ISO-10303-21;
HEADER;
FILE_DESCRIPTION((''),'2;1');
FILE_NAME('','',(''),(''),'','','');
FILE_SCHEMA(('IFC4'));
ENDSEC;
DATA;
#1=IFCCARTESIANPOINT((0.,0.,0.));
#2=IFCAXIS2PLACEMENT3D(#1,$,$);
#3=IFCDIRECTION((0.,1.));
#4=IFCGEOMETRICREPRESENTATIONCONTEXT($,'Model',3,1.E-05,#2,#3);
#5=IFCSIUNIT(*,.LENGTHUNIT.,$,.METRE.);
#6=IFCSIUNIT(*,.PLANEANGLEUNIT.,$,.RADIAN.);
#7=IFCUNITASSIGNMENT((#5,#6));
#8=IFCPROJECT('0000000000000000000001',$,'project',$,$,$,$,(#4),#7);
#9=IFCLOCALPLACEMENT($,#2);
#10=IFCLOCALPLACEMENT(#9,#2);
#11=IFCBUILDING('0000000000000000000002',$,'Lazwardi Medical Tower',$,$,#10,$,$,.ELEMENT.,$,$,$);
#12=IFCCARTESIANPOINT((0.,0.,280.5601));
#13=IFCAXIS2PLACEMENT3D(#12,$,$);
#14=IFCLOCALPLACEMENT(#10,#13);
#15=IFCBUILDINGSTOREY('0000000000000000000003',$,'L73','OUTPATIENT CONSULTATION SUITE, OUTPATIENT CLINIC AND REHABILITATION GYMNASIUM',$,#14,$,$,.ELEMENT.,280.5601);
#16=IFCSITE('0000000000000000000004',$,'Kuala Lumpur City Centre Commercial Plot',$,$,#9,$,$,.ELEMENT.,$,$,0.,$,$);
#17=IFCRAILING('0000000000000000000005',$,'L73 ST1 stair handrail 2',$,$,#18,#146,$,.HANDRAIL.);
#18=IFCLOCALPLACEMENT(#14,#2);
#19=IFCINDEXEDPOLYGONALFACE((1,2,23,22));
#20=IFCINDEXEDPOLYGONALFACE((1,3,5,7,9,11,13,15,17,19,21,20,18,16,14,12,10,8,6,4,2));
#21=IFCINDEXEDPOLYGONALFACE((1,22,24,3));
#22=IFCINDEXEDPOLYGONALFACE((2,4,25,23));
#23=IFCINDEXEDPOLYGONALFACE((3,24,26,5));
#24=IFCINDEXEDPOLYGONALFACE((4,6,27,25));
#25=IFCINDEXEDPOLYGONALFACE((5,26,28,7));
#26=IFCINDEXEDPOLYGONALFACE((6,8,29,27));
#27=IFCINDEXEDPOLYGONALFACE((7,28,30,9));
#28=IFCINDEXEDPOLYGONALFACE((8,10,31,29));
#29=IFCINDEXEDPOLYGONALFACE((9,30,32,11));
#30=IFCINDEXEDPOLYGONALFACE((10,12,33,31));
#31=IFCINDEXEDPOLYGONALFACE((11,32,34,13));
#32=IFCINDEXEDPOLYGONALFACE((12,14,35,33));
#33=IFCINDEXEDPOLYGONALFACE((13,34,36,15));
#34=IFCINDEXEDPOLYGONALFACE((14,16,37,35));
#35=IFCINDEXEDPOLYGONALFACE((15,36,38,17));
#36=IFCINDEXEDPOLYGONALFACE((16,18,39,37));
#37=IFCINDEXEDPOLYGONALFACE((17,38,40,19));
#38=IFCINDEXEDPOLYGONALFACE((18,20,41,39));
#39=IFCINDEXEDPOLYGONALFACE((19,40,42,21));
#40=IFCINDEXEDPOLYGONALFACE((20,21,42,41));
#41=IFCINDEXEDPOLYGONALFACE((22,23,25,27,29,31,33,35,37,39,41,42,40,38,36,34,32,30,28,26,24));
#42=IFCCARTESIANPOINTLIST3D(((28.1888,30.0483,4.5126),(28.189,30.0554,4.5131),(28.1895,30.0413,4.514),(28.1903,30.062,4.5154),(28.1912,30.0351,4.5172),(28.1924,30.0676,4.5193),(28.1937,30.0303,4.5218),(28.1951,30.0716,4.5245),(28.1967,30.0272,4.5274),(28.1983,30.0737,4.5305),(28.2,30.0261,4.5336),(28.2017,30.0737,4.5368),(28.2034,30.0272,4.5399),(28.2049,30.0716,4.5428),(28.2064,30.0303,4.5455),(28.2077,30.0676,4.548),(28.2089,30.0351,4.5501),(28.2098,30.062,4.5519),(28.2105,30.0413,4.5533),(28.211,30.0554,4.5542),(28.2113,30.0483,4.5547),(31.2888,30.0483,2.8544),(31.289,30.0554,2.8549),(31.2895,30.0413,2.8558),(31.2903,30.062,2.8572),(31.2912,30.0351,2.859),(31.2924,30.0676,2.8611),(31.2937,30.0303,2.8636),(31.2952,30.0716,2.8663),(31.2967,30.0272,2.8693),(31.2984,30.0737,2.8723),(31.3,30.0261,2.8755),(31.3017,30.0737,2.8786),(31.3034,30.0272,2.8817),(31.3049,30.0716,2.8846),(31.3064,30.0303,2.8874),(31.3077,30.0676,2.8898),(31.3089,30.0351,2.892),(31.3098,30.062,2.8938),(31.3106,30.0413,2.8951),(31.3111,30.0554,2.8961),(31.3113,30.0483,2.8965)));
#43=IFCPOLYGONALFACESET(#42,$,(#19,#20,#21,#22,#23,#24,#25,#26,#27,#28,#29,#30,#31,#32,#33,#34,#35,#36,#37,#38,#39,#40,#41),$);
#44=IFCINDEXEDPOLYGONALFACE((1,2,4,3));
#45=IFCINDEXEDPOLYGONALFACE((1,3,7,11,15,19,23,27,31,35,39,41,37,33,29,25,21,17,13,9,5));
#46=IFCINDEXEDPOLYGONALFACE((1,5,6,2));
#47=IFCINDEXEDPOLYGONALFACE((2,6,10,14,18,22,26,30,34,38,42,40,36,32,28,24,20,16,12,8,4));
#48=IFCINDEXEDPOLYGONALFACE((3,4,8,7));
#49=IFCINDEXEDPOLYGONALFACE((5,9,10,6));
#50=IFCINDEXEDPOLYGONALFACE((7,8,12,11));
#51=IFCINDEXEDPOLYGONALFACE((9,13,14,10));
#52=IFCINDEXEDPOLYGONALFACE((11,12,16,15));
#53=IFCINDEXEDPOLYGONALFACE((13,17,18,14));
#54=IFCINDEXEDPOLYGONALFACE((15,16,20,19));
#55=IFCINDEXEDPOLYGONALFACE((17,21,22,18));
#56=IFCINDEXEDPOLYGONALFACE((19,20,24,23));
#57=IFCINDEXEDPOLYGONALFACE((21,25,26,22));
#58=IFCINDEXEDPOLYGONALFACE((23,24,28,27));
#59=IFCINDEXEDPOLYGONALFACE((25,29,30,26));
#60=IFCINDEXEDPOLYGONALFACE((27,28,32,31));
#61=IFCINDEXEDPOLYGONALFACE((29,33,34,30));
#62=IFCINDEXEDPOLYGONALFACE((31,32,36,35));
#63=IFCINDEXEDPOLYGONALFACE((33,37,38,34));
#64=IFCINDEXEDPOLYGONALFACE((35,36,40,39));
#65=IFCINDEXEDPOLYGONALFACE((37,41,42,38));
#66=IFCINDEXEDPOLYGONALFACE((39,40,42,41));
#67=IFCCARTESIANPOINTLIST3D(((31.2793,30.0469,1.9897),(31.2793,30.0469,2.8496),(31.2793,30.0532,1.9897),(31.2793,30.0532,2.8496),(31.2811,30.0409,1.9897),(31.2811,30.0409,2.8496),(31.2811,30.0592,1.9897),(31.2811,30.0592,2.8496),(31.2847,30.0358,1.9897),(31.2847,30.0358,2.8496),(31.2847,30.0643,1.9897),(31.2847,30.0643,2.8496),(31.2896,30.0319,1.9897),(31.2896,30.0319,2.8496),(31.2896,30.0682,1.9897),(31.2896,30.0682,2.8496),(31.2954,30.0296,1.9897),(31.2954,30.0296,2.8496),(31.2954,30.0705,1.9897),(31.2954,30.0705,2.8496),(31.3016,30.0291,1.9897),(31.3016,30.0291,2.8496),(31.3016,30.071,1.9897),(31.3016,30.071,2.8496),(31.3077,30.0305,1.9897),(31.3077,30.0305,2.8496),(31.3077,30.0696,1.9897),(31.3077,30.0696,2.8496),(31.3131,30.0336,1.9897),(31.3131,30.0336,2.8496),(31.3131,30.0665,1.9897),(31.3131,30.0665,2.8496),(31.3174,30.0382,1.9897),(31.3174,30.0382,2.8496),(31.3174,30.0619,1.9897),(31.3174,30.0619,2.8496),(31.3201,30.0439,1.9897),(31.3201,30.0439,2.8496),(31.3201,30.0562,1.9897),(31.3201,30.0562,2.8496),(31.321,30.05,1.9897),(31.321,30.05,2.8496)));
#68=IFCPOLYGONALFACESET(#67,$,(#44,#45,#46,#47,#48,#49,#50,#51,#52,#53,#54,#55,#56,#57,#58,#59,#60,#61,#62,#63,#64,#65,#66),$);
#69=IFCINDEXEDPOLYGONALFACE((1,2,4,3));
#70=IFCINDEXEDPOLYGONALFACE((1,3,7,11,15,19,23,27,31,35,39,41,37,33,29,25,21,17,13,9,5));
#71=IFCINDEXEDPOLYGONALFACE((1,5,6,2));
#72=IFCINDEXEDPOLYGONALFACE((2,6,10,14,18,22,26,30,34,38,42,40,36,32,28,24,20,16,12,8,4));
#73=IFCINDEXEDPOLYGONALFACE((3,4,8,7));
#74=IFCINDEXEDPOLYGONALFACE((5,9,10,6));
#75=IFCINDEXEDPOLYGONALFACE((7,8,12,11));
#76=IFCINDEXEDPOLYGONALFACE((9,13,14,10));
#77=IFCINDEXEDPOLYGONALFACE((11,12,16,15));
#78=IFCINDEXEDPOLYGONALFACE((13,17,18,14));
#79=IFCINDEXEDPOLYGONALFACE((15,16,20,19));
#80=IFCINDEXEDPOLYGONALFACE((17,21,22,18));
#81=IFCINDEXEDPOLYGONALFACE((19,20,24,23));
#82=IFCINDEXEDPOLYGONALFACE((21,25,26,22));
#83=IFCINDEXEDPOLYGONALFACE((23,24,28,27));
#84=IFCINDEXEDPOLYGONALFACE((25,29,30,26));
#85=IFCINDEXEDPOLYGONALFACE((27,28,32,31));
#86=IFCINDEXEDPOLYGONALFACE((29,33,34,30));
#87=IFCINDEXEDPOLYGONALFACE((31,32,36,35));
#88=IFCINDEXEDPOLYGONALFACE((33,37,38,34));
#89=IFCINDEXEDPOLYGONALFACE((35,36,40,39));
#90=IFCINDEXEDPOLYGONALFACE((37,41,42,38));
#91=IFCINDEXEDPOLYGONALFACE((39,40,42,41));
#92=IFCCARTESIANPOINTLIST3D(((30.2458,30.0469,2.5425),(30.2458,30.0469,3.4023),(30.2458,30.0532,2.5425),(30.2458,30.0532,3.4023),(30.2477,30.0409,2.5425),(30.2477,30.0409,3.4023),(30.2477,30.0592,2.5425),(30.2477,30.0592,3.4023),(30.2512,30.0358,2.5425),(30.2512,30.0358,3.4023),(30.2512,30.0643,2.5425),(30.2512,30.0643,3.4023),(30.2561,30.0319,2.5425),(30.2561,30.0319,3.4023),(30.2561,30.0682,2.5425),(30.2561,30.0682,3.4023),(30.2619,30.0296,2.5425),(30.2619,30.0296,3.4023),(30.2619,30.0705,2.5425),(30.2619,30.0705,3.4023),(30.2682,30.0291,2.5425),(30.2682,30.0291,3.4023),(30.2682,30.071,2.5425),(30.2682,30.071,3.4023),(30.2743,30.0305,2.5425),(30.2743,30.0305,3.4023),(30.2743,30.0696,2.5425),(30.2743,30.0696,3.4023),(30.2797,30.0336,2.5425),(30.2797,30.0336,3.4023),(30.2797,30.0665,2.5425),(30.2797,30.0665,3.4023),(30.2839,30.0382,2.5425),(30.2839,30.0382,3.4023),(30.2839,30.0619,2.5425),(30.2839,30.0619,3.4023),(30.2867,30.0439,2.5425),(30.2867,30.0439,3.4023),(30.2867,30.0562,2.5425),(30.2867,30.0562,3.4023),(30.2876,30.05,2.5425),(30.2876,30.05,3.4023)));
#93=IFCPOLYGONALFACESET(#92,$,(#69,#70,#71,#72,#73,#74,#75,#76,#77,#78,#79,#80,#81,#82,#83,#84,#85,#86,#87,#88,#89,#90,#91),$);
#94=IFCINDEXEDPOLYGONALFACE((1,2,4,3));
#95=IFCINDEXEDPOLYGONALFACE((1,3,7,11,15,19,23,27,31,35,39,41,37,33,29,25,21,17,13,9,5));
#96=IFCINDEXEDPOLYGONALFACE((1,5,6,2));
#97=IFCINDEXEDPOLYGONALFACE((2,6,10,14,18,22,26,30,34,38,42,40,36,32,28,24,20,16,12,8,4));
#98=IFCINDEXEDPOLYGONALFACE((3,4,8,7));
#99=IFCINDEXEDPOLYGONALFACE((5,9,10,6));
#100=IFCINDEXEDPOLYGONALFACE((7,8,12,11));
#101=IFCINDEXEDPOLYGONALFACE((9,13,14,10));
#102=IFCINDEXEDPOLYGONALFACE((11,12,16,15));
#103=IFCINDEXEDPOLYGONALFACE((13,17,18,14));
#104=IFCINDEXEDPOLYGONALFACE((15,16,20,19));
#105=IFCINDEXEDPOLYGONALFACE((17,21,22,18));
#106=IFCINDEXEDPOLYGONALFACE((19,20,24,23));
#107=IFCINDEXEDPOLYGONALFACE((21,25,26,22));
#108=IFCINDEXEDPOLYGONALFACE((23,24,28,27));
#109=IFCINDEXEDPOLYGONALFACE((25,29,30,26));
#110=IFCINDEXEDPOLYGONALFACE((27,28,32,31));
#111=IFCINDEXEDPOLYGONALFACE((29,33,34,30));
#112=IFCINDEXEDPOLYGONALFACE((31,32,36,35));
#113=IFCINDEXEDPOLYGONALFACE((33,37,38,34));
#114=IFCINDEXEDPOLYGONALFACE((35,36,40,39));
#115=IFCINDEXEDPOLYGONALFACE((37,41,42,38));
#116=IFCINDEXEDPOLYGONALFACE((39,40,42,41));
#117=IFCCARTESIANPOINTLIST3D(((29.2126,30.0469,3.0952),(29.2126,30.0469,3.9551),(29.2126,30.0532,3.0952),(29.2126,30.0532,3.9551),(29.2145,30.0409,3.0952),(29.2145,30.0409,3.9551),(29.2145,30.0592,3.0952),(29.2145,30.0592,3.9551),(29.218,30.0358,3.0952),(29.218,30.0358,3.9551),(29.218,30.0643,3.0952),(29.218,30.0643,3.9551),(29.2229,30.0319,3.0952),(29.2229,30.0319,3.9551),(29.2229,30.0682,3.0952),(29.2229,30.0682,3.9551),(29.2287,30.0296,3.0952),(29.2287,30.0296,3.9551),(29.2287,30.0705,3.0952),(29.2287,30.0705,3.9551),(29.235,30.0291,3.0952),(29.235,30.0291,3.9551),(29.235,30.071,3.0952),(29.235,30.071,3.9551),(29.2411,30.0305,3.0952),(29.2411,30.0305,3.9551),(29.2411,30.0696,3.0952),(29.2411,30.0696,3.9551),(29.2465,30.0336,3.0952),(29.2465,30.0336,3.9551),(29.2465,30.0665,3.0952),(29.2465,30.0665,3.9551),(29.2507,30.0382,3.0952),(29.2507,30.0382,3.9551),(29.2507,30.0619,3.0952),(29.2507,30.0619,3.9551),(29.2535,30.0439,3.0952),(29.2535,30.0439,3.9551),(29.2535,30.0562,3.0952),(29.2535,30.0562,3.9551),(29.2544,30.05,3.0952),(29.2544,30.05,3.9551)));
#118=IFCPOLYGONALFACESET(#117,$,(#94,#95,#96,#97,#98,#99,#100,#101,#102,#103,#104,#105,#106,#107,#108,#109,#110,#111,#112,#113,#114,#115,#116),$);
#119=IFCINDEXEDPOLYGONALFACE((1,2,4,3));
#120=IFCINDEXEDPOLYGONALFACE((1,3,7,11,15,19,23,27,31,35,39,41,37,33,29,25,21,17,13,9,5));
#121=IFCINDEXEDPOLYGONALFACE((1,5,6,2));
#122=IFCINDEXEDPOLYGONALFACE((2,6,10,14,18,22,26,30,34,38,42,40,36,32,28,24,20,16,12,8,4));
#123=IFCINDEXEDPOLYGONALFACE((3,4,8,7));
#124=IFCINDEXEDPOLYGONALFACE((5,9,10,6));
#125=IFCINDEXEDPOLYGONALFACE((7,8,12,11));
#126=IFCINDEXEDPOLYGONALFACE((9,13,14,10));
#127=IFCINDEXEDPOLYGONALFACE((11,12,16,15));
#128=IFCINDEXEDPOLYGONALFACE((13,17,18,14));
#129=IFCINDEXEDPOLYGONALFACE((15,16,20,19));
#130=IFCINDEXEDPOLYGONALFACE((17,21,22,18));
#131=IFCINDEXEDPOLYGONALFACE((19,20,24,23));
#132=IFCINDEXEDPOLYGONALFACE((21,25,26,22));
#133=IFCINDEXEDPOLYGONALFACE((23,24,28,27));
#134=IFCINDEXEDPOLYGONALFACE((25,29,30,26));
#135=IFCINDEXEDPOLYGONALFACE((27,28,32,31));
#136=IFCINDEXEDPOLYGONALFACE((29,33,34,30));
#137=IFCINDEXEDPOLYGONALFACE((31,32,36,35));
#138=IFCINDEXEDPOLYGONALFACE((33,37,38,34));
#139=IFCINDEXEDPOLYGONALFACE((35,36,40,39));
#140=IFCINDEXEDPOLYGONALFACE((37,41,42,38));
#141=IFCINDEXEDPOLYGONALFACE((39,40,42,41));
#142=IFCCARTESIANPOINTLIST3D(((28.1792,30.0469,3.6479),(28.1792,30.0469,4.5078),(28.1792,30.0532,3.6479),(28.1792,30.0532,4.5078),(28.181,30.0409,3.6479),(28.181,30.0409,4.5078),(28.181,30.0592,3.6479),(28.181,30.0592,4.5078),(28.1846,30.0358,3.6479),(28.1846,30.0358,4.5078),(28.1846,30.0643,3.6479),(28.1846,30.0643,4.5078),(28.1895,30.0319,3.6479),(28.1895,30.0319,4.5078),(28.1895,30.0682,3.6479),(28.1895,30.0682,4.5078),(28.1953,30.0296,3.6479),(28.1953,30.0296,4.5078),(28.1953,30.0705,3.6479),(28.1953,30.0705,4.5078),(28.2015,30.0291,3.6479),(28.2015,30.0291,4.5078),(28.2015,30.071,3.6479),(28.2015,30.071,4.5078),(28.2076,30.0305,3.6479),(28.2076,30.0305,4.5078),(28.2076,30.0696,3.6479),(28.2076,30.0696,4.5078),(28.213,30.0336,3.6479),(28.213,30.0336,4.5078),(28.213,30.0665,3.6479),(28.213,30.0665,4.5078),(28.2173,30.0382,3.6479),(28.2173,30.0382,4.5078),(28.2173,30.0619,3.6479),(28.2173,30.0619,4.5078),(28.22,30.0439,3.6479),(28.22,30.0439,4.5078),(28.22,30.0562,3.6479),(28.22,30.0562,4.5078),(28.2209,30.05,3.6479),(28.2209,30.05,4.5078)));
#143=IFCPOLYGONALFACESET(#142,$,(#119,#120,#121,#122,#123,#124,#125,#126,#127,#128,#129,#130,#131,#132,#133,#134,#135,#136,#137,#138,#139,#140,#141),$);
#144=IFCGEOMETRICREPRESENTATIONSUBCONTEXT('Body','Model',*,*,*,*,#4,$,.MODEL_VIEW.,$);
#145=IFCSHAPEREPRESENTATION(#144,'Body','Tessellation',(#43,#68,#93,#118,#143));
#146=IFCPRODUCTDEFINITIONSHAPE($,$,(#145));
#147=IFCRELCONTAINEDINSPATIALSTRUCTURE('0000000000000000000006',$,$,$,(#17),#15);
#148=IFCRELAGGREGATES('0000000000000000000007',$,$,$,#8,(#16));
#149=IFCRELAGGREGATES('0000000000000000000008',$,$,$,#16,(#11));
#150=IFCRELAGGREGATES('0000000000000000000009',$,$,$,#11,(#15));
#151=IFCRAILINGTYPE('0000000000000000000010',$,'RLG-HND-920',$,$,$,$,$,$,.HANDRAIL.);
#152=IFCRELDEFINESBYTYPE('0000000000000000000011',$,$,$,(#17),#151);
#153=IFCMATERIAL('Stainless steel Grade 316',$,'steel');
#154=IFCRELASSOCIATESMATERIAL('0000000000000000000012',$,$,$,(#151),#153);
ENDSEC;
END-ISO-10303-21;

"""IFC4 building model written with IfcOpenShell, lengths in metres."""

from ifc_helpers import new_model, si_unit, direction, frame, origin, origin_2d, place, context, subcontext, project, spatial, circle, extrude, material, type_object, element, save


model = new_model("IFC4")

# Units and contexts
model_context = context("Model", 3, precision=1e-05, world=origin(), true_north=direction((0.0, 1.0)))
body_context = subcontext(model_context, "Body", "Model", "MODEL_VIEW")
ifc_project = project(units=[si_unit("LENGTHUNIT", "METRE"), si_unit("PLANEANGLEUNIT", "RADIAN")], contexts=[model_context])

# Site, building, storey
site_placement = place(None, origin())
site = spatial("IfcSite", under=ifc_project, at=site_placement, Name="Kuala Lumpur City Centre Commercial Plot", CompositionType="ELEMENT", RefElevation=0.0)
building_placement = place(site_placement, origin())
building = spatial("IfcBuilding", under=site, at=building_placement, Name="Lazwardi Medical Tower", CompositionType="ELEMENT")
storey_placement = place(building_placement, frame((0.0, 0.0, 280.5601)))
storey = spatial("IfcBuildingStorey", under=building, at=storey_placement, Name="L73", Description="OUTPATIENT CONSULTATION SUITE, OUTPATIENT CLINIC AND REHABILITATION GYMNASIUM", CompositionType="ELEMENT", Elevation=280.5601)

# Railing
ifc_material_1 = material(Name="Stainless steel Grade 316", Category="steel")
railing_type_1 = type_object("IfcRailingType", Name="RLG-HND-920", PredefinedType="HANDRAIL", material=ifc_material_1)
railing_1_placement = place(storey_placement, frame((31.3, 30.05, 1.9897)))
element("IfcRailing", 1, at=railing_1_placement, inside=storey, type_object=railing_type_1, Name="L73 ST1 stair handrail 2", PredefinedType="HANDRAIL", context=body_context, shape_type="SweptSolid", body=[
    extrude(circle(Radius=0.0239, at=origin_2d()), frame((0.0, 0.0, 0.8857), z_axis=(-0.881783, 0.0, 0.471655), x_axis=(0.0, -1.0, 0.0)), (0.0, 0.0, 1.0), 3.5156),
    extrude(circle(Radius=0.021, at=origin_2d()), origin(), (0.0, 0.0, 1.0), 0.8599),
    extrude(circle(Radius=0.021, at=origin_2d()), frame((-1.0334, 0.0, 0.5527)), (0.0, 0.0, 1.0), 0.8599),
    extrude(circle(Radius=0.021, at=origin_2d()), frame((-2.0667, 0.0, 1.1055)), (0.0, 0.0, 1.0), 0.8599),
    extrude(circle(Radius=0.021, at=origin_2d()), frame((-3.1001, 0.0, 1.6582)), (0.0, 0.0, 1.0), 0.8599),
])

save(model, "model.ifc")
